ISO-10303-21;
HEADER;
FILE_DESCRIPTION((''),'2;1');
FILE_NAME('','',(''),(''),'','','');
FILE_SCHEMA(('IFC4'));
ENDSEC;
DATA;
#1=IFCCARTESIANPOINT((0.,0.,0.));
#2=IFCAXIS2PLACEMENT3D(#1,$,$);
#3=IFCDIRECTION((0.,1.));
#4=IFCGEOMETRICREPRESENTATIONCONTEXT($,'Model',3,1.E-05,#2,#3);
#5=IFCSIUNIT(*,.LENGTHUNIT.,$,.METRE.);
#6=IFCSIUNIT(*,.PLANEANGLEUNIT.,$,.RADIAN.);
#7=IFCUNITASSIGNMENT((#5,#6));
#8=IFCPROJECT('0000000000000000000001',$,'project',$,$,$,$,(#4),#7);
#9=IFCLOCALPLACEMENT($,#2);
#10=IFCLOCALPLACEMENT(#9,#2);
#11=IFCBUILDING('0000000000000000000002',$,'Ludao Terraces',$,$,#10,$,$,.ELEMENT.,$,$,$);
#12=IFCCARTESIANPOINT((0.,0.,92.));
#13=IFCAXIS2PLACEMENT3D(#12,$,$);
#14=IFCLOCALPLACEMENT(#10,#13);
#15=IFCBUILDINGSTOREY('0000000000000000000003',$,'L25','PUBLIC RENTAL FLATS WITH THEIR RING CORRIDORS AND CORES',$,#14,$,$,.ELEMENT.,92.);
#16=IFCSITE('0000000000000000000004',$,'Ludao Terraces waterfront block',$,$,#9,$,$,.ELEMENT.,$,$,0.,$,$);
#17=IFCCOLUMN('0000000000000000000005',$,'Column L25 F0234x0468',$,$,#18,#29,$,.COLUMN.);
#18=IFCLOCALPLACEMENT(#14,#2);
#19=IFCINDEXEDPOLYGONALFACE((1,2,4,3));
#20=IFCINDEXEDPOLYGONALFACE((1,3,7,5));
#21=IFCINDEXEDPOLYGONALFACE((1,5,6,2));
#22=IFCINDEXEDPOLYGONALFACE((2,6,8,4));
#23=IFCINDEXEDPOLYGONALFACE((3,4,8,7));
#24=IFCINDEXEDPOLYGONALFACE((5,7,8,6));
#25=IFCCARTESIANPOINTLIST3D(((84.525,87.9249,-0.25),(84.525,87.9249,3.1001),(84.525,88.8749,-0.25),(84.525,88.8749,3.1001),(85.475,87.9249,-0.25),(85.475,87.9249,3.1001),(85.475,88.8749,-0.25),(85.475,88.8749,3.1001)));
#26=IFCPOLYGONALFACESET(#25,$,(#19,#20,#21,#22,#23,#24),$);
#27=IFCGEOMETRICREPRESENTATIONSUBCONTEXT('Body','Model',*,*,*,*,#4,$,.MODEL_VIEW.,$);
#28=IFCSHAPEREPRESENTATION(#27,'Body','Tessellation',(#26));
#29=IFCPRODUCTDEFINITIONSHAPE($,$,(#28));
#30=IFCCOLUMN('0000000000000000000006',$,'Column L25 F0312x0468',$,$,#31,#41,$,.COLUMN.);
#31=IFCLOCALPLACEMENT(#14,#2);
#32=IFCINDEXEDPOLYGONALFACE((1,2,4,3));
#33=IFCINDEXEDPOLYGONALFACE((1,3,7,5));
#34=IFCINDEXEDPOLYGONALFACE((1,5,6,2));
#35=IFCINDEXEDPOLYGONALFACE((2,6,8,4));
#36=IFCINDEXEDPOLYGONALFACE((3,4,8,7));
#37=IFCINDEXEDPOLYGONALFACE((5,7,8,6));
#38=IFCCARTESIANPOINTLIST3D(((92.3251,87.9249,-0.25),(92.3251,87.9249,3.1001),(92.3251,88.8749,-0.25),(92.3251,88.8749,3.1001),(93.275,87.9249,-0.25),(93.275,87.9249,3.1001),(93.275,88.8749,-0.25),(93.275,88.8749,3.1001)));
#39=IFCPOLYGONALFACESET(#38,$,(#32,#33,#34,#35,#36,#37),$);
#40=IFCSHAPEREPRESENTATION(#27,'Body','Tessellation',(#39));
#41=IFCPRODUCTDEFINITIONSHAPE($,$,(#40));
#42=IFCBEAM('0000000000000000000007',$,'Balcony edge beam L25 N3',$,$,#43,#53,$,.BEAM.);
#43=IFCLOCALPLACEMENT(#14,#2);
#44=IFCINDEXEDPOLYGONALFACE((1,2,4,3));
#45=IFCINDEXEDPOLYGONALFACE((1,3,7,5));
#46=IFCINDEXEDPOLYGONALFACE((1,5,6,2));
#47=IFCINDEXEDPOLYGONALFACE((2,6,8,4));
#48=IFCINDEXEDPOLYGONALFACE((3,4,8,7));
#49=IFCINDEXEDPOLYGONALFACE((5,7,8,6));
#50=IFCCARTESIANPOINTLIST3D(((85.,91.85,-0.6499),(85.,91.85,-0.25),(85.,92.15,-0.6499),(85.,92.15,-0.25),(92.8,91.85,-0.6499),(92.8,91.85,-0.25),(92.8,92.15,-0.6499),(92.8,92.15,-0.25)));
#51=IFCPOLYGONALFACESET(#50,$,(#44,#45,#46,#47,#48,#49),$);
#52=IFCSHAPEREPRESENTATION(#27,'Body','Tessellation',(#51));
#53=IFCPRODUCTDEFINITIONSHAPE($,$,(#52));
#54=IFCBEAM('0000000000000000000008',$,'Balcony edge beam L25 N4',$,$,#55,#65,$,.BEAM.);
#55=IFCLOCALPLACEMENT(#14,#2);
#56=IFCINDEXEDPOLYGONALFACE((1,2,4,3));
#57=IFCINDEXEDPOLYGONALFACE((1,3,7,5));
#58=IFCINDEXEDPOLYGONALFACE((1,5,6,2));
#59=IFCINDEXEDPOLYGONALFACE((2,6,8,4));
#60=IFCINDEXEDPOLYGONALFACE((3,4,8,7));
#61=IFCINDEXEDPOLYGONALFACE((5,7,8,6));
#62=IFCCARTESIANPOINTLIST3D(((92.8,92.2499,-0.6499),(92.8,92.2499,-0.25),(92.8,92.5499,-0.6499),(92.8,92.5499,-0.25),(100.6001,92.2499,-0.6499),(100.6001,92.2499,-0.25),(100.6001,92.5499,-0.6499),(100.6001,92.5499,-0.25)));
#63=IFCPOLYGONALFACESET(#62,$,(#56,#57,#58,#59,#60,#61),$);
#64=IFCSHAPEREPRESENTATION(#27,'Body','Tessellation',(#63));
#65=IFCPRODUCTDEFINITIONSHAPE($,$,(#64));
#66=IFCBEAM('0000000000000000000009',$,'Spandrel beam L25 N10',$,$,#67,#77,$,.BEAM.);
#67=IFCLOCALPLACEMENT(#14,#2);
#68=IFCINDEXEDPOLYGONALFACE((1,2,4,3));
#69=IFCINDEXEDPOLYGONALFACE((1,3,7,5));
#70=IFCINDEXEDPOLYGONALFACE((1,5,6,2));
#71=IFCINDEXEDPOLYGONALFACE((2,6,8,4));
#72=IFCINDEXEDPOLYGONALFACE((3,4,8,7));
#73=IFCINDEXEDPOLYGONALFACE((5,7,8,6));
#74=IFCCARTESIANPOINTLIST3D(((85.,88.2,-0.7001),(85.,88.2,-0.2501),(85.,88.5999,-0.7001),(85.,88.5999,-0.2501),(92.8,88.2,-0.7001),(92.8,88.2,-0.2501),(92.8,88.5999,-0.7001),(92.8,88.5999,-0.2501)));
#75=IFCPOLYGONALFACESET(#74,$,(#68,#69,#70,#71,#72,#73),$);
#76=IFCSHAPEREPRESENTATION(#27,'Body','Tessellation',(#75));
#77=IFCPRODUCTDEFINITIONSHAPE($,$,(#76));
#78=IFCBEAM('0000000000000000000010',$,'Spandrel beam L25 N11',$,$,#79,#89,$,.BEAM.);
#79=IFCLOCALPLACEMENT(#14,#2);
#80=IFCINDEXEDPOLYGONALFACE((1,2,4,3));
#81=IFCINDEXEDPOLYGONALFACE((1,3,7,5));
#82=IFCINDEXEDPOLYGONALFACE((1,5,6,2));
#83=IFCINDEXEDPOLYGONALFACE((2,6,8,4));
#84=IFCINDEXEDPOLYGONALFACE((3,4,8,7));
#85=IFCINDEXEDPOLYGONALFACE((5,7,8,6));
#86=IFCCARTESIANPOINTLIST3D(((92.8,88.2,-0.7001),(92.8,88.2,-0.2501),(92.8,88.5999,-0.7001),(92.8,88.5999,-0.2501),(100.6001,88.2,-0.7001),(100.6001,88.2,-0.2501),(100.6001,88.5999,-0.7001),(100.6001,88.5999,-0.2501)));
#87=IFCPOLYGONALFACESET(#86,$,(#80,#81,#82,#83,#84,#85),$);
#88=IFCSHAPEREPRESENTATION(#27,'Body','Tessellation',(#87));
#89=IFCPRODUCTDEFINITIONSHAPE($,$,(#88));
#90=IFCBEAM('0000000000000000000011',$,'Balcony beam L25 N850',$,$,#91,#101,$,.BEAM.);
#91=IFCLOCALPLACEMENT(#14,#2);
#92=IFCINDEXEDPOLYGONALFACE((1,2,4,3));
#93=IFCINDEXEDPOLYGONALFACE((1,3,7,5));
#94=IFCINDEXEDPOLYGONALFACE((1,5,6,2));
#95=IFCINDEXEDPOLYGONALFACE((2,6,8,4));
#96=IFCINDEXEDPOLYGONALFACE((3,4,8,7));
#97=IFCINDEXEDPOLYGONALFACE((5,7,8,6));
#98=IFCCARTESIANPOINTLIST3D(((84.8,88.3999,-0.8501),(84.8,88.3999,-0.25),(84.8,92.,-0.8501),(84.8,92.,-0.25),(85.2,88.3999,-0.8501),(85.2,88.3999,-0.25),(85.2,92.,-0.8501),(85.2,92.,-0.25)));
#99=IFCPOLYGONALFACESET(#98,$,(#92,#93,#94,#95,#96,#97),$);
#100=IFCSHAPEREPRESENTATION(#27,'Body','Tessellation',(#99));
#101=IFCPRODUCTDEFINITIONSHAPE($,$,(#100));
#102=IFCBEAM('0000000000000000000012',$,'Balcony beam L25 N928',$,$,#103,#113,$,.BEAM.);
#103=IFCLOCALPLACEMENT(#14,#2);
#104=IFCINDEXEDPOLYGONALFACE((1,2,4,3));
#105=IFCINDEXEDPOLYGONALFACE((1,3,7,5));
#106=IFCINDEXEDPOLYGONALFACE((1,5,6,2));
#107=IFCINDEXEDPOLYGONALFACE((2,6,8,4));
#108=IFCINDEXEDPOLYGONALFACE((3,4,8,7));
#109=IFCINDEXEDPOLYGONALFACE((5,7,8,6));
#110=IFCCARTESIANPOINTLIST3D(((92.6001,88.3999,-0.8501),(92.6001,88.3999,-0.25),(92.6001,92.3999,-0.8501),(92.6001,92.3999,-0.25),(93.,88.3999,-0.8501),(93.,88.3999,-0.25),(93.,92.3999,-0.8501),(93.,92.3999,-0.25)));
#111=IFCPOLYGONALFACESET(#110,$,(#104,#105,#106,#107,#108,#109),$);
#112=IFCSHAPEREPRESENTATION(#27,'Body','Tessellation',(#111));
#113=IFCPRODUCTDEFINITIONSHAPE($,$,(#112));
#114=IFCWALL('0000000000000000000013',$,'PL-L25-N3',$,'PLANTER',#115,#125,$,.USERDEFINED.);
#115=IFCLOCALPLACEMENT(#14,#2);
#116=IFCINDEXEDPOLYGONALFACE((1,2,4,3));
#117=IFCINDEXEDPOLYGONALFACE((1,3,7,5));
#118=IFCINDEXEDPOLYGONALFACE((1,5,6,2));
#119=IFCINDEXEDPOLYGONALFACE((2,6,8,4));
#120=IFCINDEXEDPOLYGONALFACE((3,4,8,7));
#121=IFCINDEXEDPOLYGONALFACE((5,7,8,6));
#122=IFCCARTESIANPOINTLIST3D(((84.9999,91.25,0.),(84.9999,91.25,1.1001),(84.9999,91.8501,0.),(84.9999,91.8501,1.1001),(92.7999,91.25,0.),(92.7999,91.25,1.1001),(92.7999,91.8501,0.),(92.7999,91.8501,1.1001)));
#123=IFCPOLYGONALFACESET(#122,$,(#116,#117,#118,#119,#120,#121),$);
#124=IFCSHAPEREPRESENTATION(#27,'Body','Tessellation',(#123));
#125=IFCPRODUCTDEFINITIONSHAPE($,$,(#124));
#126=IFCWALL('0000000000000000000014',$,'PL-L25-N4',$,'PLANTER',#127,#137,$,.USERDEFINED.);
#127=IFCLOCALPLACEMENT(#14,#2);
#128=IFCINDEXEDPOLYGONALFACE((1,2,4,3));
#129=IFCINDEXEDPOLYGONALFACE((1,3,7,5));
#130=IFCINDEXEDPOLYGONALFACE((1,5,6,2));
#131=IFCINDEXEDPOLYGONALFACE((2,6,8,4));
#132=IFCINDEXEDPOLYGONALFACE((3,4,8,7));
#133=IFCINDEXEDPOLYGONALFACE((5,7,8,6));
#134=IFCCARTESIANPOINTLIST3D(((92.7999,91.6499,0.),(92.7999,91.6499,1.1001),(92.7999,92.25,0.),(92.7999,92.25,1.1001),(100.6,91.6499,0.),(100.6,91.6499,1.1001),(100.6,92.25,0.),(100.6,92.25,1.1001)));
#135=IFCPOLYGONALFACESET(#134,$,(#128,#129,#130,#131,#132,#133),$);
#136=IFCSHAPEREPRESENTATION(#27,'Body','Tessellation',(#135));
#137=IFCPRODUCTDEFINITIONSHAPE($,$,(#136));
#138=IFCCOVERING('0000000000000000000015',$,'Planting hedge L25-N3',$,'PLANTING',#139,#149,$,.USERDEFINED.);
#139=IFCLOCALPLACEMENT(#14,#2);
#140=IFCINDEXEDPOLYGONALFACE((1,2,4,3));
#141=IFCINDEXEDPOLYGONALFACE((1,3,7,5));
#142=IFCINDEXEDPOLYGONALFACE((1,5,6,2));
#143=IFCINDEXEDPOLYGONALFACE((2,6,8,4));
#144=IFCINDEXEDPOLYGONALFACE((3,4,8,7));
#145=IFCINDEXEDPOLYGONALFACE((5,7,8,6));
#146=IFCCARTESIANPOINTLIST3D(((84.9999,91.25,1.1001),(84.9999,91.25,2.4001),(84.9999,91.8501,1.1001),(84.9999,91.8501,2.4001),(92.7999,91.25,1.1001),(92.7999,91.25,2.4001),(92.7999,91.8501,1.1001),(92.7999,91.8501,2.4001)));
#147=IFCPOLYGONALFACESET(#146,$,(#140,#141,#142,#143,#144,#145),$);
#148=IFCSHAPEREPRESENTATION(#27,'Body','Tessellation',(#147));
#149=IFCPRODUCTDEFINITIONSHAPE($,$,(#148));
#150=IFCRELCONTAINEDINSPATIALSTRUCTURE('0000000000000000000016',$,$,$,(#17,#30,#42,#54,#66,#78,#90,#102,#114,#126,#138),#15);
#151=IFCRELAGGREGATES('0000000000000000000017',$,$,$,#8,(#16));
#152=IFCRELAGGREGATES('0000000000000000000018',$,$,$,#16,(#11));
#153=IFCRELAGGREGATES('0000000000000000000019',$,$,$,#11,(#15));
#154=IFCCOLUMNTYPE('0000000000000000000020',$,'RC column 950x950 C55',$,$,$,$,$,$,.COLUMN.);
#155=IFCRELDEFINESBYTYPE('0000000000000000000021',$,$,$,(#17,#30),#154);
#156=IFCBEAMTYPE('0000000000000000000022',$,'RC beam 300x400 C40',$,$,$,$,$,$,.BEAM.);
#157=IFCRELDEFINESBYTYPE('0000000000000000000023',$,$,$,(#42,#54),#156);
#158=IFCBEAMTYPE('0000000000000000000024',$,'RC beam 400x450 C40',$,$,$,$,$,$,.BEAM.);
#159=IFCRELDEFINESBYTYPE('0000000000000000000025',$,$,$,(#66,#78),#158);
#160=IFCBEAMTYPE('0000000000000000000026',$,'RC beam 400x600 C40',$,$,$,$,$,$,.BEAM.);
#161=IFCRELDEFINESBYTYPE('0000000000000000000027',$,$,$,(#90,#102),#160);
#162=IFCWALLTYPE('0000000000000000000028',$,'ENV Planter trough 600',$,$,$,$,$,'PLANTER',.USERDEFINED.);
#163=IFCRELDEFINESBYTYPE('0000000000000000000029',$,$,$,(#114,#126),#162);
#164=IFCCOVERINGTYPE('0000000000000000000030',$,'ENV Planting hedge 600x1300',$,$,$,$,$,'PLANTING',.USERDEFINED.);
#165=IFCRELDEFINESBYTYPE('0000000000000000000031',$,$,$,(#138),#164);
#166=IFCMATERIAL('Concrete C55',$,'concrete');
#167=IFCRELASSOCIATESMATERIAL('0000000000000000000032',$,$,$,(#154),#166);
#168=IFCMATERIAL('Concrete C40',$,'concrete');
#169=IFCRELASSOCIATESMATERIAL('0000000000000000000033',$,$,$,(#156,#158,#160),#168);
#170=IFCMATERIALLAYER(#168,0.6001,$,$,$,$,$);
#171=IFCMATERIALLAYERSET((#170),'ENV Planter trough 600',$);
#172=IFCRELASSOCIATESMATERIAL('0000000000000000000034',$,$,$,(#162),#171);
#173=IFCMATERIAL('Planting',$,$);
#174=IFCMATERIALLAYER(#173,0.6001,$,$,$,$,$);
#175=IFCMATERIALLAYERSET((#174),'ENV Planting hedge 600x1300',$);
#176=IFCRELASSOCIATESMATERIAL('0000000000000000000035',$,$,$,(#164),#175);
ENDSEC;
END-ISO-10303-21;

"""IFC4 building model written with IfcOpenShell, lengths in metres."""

from ifc_helpers import new_model, si_unit, direction, frame, frame_2d, origin, origin_2d, place, context, subcontext, project, spatial, rectangle, extrude, material, layer, layer_set, material_profile, profile_set, type_object, element, save


model = new_model("IFC4")

# Units and contexts
model_context = context("Model", 3, precision=1e-05, world=origin(), true_north=direction((0.0, 1.0)))
body_context = subcontext(model_context, "Body", "Model", "MODEL_VIEW")
ifc_project = project(units=[si_unit("LENGTHUNIT", "METRE"), si_unit("PLANEANGLEUNIT", "RADIAN")], contexts=[model_context])

# Site, building, storey
site_placement = place(None, origin())
site = spatial("IfcSite", under=ifc_project, at=site_placement, Name="Ludao Terraces waterfront block", CompositionType="ELEMENT", RefElevation=0.0)
building_placement = place(site_placement, origin())
building = spatial("IfcBuilding", under=site, at=building_placement, Name="Ludao Terraces", CompositionType="ELEMENT")
storey_placement = place(building_placement, frame((0.0, 0.0, 92.0)))
storey = spatial("IfcBuildingStorey", under=building, at=storey_placement, Name="L25", Description="PUBLIC RENTAL FLATS WITH THEIR RING CORRIDORS AND CORES", CompositionType="ELEMENT", Elevation=92.0)

# Columns
ifc_material_1 = material(Name="Concrete C55", Category="concrete")
ifc_material_profile_1 = material_profile(ifc_material_1, rectangle(XDim=0.95, YDim=0.95, at=origin_2d()), Name="950 X 950")
ifc_profile_set_1 = profile_set([ifc_material_profile_1], Name="Concrete C55")
column_type = type_object("IfcColumnType", Name="RC column 950x950 C55", PredefinedType="COLUMN", material=ifc_profile_set_1)
for number, where, z_axis, x_axis, name in (
    (1, (85.0, 88.3999, -0.25), (0.0, 0.0, 1.0), (1.0, 0.0, 0.0), "Column L25 F0234x0468"),
    (2, (92.8, 88.3999, -0.25), (0.0, 0.0, 1.0), (1.0, 0.0, 0.0), "Column L25 F0312x0468"),
):
    element("IfcColumn", number, at=place(storey_placement, frame(where, z_axis=z_axis, x_axis=x_axis)), inside=storey, type_object=column_type, Name=name, PredefinedType="COLUMN", context=body_context, shape_type="SweptSolid", body=[
        extrude(rectangle(XDim=0.95, YDim=0.95, at=origin_2d()), origin(), (0.0, 0.0, 1.0), 3.3501),
    ])

# Beams
ifc_material_2 = material(Name="Concrete C40", Category="concrete")
ifc_material_profile_2 = material_profile(ifc_material_2, rectangle(XDim=0.3, YDim=0.3999, at=origin_2d()), Name="300 X 400")
ifc_profile_set_2 = profile_set([ifc_material_profile_2], Name="Concrete C40")
beam_type_1 = type_object("IfcBeamType", Name="RC beam 300x400 C40", PredefinedType="BEAM", material=ifc_profile_set_2)
for number, where, z_axis, x_axis, name in (
    (3, (85.0, 92.0, -0.45), (1.0, 0.0, 0.0), (0.0, 1.0, 0.0), "Balcony edge beam L25 N3"),
    (4, (92.8, 92.3999, -0.45), (1.0, 0.0, 0.0), (0.0, 1.0, 0.0), "Balcony edge beam L25 N4"),
):
    element("IfcBeam", number, at=place(storey_placement, frame(where, z_axis=z_axis, x_axis=x_axis)), inside=storey, type_object=beam_type_1, Name=name, PredefinedType="BEAM", context=body_context, shape_type="SweptSolid", body=[
        extrude(rectangle(XDim=0.3, YDim=0.3999, at=origin_2d()), origin(), (0.0, 0.0, 1.0), 7.8),
    ])
ifc_material_profile_3 = material_profile(ifc_material_2, rectangle(XDim=0.3999, YDim=0.45, at=origin_2d()), Name="400 X 450")
ifc_profile_set_3 = profile_set([ifc_material_profile_3], Name="Concrete C40")
beam_type_2 = type_object("IfcBeamType", Name="RC beam 400x450 C40", PredefinedType="BEAM", material=ifc_profile_set_3)
for number, where, z_axis, x_axis, name in (
    (5, (85.0, 88.3999, -0.4751), (1.0, 0.0, 0.0), (0.0, 1.0, 0.0), "Spandrel beam L25 N10"),
    (6, (92.8, 88.3999, -0.4751), (1.0, 0.0, 0.0), (0.0, 1.0, 0.0), "Spandrel beam L25 N11"),
):
    element("IfcBeam", number, at=place(storey_placement, frame(where, z_axis=z_axis, x_axis=x_axis)), inside=storey, type_object=beam_type_2, Name=name, PredefinedType="BEAM", context=body_context, shape_type="SweptSolid", body=[
        extrude(rectangle(XDim=0.3999, YDim=0.45, at=origin_2d()), origin(), (0.0, 0.0, 1.0), 7.8),
    ])
ifc_material_profile_4 = material_profile(ifc_material_2, rectangle(XDim=0.3999, YDim=0.6001, at=origin_2d()), Name="400 X 600")
ifc_profile_set_4 = profile_set([ifc_material_profile_4], Name="Concrete C40")
beam_type_3 = type_object("IfcBeamType", Name="RC beam 400x600 C40", PredefinedType="BEAM", material=ifc_profile_set_4)
beam_1_placement = place(storey_placement, frame((85.0, 88.3999, -0.55), z_axis=(0.0, 1.0, 0.0), x_axis=(-1.0, 0.0, 0.0)))
element("IfcBeam", 7, at=beam_1_placement, inside=storey, type_object=beam_type_3, Name="Balcony beam L25 N850", PredefinedType="BEAM", context=body_context, shape_type="SweptSolid", body=[
    extrude(rectangle(XDim=0.3999, YDim=0.6001, at=origin_2d()), origin(), (0.0, 0.0, 1.0), 3.6001),
])
beam_2_placement = place(storey_placement, frame((92.8, 88.3999, -0.55), z_axis=(0.0, 1.0, 0.0), x_axis=(-1.0, 0.0, 0.0)))
element("IfcBeam", 8, at=beam_2_placement, inside=storey, type_object=beam_type_3, Name="Balcony beam L25 N928", PredefinedType="BEAM", context=body_context, shape_type="SweptSolid", body=[
    extrude(rectangle(XDim=0.3999, YDim=0.6001, at=origin_2d()), origin(), (0.0, 0.0, 1.0), 4.0),
])

# Walls
ifc_layer_1 = layer(ifc_material_2, 0.6001)
ifc_layer_set_1 = layer_set([ifc_layer_1], Name="ENV Planter trough 600")
wall_type = type_object("IfcWallType", Name="ENV Planter trough 600", ElementType="PLANTER", PredefinedType="USERDEFINED", material=ifc_layer_set_1)
for number, where, z_axis, x_axis, name in (
    (9, (85.0, 91.55, 0.0), (0.0, 0.0, 1.0), (1.0, 0.0, 0.0), "PL-L25-N3"),
    (10, (92.8, 91.95, 0.0), (0.0, 0.0, 1.0), (1.0, 0.0, 0.0), "PL-L25-N4"),
):
    element("IfcWall", number, at=place(storey_placement, frame(where, z_axis=z_axis, x_axis=x_axis)), inside=storey, type_object=wall_type, Name=name, ObjectType="PLANTER", PredefinedType="USERDEFINED", context=body_context, shape_type="SweptSolid", body=[
        extrude(rectangle(XDim=7.8, YDim=0.6001, at=frame_2d((3.8999, 0.0))), origin(), (0.0, 0.0, 1.0), 1.1001),
    ])

# Covering
ifc_material_3 = material(Name="Planting")
ifc_layer_2 = layer(ifc_material_3, 0.6001)
ifc_layer_set_2 = layer_set([ifc_layer_2], Name="ENV Planting hedge 600x1300")
covering_type = type_object("IfcCoveringType", Name="ENV Planting hedge 600x1300", ElementType="PLANTING", PredefinedType="USERDEFINED", material=ifc_layer_set_2)
covering_placement = place(storey_placement, frame((88.8999, 91.55, 1.1001), z_axis=(0.0, 0.0, 1.0), x_axis=(1.0, 0.0, 0.0)))
element("IfcCovering", 11, at=covering_placement, inside=storey, type_object=covering_type, Name="Planting hedge L25-N3", ObjectType="PLANTING", PredefinedType="USERDEFINED", context=body_context, shape_type="SweptSolid", body=[
    extrude(rectangle(XDim=7.8, YDim=0.6001, at=origin_2d()), origin(), (0.0, 0.0, 1.0), 1.3),
])

save(model, "model.ifc")
